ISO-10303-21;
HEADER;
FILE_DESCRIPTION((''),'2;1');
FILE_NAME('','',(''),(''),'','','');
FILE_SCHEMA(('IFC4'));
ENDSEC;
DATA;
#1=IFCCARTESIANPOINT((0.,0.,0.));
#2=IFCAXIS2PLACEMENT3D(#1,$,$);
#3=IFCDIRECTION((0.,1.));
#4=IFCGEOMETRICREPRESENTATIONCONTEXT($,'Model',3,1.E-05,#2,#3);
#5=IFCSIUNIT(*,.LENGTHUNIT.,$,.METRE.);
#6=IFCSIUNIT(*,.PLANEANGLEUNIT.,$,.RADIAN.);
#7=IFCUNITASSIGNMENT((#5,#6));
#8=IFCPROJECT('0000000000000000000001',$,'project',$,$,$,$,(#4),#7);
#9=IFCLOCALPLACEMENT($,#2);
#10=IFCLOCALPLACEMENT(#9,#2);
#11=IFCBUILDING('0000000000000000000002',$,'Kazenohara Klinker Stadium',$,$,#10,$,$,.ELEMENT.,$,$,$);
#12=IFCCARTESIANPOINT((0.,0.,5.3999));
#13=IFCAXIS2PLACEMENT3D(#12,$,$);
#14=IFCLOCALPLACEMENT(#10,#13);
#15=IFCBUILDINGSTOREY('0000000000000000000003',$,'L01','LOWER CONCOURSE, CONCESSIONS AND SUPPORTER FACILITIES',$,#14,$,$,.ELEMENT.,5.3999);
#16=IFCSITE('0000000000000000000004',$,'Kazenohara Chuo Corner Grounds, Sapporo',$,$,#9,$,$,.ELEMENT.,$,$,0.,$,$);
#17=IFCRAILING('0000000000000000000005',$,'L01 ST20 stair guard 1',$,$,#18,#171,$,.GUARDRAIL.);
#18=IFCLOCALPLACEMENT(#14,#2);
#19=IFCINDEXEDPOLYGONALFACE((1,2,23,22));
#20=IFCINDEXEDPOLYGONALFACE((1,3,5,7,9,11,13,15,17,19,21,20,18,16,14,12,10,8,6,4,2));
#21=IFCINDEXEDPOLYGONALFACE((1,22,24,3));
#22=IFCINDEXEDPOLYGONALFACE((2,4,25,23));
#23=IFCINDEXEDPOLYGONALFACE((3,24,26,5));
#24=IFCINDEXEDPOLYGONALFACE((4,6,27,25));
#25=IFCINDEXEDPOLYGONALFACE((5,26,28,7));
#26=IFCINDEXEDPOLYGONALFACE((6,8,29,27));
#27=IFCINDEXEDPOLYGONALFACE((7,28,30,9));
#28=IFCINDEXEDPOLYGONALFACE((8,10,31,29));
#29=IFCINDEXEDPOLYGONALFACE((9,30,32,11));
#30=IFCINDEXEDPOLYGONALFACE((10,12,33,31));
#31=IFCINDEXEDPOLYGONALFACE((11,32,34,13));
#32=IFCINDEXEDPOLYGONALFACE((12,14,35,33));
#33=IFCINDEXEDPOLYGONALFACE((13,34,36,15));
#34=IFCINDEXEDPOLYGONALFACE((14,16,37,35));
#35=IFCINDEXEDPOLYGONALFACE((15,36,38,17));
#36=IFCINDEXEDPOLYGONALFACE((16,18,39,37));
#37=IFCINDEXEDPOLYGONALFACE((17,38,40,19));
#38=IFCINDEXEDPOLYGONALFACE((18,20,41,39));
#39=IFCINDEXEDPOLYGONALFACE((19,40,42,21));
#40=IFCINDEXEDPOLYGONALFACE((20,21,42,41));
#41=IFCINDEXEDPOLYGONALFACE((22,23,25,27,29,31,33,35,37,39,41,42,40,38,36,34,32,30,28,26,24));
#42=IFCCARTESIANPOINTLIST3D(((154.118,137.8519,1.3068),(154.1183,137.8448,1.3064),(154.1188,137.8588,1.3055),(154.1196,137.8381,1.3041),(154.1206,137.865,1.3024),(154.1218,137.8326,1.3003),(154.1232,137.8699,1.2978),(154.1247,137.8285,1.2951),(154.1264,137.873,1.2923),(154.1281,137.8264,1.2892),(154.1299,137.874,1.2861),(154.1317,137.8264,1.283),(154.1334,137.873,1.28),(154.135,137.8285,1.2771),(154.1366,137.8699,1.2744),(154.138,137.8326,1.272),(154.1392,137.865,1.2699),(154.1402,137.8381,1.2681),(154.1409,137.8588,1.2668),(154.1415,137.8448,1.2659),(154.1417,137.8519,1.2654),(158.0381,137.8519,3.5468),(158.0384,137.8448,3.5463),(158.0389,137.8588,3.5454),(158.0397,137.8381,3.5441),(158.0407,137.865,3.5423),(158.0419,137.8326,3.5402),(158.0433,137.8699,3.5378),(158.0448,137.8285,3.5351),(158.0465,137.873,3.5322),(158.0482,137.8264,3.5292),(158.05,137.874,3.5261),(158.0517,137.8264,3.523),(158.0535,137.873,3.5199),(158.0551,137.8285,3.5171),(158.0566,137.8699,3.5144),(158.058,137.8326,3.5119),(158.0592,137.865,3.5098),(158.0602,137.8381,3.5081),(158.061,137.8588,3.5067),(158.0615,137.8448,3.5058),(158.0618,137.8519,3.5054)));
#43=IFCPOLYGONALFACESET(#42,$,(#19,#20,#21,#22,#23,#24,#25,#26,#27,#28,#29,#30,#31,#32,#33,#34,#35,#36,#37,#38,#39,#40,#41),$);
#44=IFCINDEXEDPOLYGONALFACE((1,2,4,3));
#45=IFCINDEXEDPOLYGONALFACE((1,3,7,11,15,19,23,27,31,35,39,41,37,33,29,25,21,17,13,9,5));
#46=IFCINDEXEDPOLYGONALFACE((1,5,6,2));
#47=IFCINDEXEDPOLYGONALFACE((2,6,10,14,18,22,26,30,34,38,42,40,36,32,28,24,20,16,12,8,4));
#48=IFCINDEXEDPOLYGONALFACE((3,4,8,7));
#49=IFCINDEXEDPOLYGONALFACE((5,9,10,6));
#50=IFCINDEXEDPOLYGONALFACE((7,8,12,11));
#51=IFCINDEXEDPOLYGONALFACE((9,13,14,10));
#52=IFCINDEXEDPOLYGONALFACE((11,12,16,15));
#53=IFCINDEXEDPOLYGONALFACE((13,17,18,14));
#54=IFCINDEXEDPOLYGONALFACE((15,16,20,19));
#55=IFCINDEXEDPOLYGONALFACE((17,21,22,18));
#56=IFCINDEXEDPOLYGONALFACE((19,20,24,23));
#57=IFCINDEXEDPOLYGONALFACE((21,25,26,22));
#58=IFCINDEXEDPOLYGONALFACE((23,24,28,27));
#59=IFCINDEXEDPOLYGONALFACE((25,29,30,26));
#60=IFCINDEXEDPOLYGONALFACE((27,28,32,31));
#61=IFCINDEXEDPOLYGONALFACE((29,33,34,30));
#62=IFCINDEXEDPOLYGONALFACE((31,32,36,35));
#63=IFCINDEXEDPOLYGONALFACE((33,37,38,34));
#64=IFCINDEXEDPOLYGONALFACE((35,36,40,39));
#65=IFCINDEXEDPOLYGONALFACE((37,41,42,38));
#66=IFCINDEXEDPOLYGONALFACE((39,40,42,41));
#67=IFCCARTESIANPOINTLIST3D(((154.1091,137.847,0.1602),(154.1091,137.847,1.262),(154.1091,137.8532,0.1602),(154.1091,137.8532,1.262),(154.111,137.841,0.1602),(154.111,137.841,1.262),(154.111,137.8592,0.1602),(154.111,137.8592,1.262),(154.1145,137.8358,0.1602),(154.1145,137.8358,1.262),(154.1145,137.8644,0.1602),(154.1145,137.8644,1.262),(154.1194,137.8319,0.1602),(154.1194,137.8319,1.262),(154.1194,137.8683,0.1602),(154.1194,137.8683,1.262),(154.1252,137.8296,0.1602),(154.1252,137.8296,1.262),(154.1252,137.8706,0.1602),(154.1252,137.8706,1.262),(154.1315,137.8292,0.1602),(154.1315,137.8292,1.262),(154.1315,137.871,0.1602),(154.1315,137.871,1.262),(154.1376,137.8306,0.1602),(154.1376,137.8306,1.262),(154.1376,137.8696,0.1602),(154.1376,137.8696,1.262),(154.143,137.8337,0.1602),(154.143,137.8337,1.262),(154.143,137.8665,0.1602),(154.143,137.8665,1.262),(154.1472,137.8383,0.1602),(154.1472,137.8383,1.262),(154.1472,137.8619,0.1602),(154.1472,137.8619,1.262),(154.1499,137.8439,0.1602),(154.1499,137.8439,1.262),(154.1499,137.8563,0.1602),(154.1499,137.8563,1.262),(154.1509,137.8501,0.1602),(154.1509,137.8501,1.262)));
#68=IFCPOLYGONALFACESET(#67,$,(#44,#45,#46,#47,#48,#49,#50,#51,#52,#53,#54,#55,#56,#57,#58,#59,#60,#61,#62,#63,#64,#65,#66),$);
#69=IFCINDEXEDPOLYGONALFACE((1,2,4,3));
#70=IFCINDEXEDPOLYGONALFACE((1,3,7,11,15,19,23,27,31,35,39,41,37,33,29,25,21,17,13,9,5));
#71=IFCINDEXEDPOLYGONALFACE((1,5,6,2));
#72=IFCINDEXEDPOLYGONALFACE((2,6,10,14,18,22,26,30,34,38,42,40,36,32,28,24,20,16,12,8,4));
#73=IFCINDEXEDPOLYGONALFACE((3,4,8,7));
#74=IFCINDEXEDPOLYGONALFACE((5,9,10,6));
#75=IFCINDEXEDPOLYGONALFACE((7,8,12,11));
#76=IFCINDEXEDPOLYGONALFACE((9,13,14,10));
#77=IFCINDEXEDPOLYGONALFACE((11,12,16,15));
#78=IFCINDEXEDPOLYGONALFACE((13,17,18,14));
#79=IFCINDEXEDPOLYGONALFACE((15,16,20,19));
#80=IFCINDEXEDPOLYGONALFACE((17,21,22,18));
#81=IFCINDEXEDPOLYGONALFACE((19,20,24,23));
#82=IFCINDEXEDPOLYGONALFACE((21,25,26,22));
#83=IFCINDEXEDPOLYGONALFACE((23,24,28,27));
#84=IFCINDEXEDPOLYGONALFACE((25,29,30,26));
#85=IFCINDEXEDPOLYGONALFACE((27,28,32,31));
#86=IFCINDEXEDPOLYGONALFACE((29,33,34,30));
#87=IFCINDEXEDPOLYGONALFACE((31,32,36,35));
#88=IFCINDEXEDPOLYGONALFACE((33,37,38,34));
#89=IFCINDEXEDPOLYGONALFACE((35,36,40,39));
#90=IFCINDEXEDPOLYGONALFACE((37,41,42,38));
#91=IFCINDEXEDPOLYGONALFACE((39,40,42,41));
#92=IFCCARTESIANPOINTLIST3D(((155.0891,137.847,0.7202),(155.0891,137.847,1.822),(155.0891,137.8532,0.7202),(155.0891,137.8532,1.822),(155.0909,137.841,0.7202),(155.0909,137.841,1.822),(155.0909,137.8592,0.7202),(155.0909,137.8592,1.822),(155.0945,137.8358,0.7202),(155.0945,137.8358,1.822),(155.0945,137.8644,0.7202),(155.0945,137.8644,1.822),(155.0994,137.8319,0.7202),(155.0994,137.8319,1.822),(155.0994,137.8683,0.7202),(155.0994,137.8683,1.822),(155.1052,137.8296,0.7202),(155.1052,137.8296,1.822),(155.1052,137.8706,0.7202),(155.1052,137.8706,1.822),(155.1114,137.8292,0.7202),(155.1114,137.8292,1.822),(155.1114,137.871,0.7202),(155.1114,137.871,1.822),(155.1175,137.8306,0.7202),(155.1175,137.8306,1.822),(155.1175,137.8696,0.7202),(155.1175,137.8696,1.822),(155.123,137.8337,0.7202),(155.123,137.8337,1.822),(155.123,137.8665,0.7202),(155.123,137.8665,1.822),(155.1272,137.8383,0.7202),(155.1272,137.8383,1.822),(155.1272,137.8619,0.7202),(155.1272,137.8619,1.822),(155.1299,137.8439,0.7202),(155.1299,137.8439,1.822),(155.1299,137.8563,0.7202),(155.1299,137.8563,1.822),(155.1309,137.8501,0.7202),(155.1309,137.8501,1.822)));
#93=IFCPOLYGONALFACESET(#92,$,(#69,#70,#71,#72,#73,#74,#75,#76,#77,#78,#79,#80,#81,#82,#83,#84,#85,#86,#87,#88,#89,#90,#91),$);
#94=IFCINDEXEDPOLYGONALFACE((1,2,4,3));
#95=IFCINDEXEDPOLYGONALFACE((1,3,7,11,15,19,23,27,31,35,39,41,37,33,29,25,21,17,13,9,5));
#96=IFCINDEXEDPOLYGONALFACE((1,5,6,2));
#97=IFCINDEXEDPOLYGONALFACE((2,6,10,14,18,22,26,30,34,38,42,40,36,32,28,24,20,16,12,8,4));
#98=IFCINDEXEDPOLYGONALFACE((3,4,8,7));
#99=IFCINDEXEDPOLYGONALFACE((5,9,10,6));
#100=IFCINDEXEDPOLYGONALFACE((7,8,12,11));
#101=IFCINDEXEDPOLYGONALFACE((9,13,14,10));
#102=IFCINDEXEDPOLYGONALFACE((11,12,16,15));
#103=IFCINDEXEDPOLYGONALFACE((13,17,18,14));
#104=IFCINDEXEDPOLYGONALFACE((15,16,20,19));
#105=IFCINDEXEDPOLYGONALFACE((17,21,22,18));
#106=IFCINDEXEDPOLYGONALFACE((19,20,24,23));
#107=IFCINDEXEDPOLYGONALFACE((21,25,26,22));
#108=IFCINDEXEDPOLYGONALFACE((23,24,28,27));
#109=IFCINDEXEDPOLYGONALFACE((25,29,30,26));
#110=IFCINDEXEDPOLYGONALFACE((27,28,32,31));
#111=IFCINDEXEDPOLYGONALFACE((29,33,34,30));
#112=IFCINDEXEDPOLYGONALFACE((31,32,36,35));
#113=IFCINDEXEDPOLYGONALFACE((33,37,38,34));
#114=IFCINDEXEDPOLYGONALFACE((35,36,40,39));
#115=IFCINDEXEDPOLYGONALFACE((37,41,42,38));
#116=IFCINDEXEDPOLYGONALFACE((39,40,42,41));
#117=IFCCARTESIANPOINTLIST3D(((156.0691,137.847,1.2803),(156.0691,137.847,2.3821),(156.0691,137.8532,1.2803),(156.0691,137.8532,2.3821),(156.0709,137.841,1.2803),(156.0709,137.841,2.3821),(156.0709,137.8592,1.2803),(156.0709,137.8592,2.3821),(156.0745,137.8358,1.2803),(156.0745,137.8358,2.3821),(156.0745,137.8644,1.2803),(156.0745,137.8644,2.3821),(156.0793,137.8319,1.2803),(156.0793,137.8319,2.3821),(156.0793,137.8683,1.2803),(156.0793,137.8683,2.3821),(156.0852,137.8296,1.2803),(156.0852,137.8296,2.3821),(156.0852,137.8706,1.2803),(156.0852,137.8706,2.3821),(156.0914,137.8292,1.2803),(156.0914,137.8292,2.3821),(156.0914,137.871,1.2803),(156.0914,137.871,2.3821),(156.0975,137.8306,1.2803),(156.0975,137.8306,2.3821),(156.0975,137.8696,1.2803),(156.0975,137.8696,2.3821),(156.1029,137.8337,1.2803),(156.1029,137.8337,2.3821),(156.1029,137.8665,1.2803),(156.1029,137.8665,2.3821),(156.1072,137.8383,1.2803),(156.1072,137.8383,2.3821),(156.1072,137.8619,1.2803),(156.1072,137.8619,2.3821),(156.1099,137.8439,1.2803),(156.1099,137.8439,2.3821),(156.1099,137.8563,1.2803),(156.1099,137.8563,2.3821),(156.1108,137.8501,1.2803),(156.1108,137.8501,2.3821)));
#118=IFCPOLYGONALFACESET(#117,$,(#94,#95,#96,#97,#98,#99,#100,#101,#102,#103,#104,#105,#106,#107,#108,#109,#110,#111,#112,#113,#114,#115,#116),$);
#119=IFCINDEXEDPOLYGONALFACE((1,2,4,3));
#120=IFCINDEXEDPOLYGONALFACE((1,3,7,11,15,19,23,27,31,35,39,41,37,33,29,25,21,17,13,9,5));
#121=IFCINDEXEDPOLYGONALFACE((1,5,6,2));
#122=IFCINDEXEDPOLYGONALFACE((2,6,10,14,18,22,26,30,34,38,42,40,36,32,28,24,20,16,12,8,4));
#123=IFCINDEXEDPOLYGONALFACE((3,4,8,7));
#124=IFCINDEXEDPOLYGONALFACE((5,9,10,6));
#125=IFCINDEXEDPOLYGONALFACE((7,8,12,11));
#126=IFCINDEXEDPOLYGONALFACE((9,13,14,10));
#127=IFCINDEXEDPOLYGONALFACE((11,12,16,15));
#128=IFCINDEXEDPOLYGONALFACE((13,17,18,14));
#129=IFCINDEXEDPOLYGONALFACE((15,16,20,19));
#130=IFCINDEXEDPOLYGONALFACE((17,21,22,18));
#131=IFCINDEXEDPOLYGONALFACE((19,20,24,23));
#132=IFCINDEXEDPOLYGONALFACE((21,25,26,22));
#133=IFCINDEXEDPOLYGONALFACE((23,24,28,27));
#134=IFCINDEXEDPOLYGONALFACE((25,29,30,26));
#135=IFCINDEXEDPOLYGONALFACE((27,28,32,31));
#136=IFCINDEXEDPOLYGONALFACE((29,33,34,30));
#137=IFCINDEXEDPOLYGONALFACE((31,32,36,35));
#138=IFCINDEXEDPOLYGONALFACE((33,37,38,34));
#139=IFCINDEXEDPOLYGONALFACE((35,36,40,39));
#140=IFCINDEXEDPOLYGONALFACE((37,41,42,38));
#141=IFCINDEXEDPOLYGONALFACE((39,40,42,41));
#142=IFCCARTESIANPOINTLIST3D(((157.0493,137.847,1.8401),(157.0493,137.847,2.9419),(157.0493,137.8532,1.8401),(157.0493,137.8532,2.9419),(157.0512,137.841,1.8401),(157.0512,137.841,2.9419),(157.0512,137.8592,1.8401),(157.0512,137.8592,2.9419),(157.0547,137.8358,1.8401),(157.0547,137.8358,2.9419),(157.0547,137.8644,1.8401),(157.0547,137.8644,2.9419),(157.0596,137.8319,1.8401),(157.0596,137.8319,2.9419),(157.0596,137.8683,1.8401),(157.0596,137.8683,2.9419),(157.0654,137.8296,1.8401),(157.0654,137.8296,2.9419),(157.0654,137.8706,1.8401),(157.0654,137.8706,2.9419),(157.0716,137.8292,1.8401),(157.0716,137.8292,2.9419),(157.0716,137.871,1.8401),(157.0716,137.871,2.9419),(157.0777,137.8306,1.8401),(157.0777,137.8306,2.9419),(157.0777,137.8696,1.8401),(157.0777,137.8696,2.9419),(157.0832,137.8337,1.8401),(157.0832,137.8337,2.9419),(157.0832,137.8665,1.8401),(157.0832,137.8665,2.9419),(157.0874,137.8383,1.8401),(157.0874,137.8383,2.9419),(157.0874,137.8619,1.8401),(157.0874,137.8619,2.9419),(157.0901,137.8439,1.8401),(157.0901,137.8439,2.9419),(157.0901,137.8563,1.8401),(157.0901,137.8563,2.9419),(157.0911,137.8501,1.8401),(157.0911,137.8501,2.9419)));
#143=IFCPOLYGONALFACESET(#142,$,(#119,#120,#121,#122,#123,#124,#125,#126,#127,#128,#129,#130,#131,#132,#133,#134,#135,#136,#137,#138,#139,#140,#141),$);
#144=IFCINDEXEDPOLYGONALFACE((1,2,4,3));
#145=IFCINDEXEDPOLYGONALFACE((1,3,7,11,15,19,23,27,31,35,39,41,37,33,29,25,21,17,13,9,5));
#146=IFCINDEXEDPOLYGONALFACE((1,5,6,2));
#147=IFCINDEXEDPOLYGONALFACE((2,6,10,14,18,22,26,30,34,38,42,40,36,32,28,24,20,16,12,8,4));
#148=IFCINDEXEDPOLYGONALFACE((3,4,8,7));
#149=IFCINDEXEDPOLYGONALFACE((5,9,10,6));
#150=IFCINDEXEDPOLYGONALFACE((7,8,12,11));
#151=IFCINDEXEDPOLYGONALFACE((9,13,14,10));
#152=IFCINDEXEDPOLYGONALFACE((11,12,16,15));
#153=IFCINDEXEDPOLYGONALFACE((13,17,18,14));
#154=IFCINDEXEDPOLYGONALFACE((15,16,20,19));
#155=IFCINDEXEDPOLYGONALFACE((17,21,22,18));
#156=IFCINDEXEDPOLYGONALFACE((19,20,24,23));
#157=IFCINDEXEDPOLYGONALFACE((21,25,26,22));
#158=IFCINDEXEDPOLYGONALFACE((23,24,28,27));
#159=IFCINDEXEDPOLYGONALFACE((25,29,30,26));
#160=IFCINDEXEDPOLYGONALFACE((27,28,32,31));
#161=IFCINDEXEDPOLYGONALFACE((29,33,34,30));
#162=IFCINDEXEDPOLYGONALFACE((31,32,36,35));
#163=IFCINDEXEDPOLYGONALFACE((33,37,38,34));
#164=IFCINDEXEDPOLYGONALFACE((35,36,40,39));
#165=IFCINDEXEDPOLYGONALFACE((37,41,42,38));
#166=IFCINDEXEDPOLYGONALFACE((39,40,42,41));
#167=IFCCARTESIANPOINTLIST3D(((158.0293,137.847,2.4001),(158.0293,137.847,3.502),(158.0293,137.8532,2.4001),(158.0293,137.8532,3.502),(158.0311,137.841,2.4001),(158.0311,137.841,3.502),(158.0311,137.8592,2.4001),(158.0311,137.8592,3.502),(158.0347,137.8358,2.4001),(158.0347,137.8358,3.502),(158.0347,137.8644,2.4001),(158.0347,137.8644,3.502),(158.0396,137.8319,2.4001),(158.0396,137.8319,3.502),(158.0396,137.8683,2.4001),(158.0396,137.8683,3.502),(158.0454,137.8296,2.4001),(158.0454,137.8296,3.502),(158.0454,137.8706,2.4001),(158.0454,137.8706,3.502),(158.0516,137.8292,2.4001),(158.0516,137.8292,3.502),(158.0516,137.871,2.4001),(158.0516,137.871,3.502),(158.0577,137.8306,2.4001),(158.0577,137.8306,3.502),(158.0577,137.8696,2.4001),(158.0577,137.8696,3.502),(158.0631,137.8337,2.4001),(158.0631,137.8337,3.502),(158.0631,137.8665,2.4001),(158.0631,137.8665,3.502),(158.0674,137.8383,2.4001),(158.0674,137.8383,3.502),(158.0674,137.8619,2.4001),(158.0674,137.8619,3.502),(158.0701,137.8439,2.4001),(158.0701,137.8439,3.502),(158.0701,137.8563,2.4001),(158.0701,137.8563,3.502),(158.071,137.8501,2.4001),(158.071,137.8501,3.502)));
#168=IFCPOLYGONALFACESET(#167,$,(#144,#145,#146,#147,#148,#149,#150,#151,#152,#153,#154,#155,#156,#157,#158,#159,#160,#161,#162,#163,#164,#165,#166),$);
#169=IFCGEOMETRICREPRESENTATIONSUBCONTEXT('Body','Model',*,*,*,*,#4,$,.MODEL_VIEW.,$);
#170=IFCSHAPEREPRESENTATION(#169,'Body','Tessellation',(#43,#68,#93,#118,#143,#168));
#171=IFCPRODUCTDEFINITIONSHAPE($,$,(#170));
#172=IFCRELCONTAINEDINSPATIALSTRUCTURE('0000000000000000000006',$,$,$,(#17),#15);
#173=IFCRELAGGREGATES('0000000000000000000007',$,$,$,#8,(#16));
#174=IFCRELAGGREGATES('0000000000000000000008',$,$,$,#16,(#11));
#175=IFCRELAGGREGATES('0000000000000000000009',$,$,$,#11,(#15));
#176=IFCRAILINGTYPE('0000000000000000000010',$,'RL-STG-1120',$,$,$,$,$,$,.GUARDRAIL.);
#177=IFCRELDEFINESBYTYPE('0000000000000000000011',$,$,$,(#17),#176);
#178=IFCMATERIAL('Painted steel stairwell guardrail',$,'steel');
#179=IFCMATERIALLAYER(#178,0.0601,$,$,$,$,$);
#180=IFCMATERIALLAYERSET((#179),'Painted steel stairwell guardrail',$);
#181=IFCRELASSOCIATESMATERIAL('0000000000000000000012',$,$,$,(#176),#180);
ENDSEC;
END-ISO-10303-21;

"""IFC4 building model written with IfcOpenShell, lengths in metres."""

from ifc_helpers import new_model, si_unit, direction, frame, origin, origin_2d, place, context, subcontext, project, spatial, circle, extrude, material, layer, layer_set, type_object, element, save


model = new_model("IFC4")

# Units and contexts
model_context = context("Model", 3, precision=1e-05, world=origin(), true_north=direction((0.0, 1.0)))
body_context = subcontext(model_context, "Body", "Model", "MODEL_VIEW")
ifc_project = project(units=[si_unit("LENGTHUNIT", "METRE"), si_unit("PLANEANGLEUNIT", "RADIAN")], contexts=[model_context])

# Site, building, storey
site_placement = place(None, origin())
site = spatial("IfcSite", under=ifc_project, at=site_placement, Name="Kazenohara Chuo Corner Grounds, Sapporo", CompositionType="ELEMENT", RefElevation=0.0)
building_placement = place(site_placement, origin())
building = spatial("IfcBuilding", under=site, at=building_placement, Name="Kazenohara Klinker Stadium", CompositionType="ELEMENT")
storey_placement = place(building_placement, frame((0.0, 0.0, 5.3999)))
storey = spatial("IfcBuildingStorey", under=building, at=storey_placement, Name="L01", Description="LOWER CONCOURSE, CONCESSIONS AND SUPPORTER FACILITIES", CompositionType="ELEMENT", Elevation=5.3999)

# Railing
ifc_material_1 = material(Name="Painted steel stairwell guardrail", Category="steel")
ifc_layer_1 = layer(ifc_material_1, 0.0601)
ifc_layer_set_1 = layer_set([ifc_layer_1], Name="Painted steel stairwell guardrail")
railing_type_1 = type_object("IfcRailingType", Name="RL-STG-1120", PredefinedType="GUARDRAIL", material=ifc_layer_set_1)
railing_1_placement = place(storey_placement, frame((154.1299, 137.8501, 0.1602)))
element("IfcRailing", 1, at=railing_1_placement, inside=storey, type_object=railing_type_1, Name="L01 ST20 stair guard 1", PredefinedType="GUARDRAIL", context=body_context, shape_type="SweptSolid", body=[
    extrude(circle(Radius=0.0239, at=origin_2d()), frame((0.0, 0.0, 1.126), z_axis=(0.868253, 0.0, 0.496121), x_axis=(0.0, 1.0, 0.0)), (0.0, 0.0, 1.0), 4.5149),
    extrude(circle(Radius=0.021, at=origin_2d()), origin(), (0.0, 0.0, 1.0), 1.1018),
    extrude(circle(Radius=0.021, at=origin_2d()), frame((0.98, 0.0, 0.5601)), (0.0, 0.0, 1.0), 1.1018),
    extrude(circle(Radius=0.021, at=origin_2d()), frame((1.96, 0.0, 1.1201)), (0.0, 0.0, 1.0), 1.1018),
    extrude(circle(Radius=0.021, at=origin_2d()), frame((2.9402, 0.0, 1.6799)), (0.0, 0.0, 1.0), 1.1018),
    extrude(circle(Radius=0.021, at=origin_2d()), frame((3.9202, 0.0, 2.24)), (0.0, 0.0, 1.0), 1.1018),
])

save(model, "model.ifc")
